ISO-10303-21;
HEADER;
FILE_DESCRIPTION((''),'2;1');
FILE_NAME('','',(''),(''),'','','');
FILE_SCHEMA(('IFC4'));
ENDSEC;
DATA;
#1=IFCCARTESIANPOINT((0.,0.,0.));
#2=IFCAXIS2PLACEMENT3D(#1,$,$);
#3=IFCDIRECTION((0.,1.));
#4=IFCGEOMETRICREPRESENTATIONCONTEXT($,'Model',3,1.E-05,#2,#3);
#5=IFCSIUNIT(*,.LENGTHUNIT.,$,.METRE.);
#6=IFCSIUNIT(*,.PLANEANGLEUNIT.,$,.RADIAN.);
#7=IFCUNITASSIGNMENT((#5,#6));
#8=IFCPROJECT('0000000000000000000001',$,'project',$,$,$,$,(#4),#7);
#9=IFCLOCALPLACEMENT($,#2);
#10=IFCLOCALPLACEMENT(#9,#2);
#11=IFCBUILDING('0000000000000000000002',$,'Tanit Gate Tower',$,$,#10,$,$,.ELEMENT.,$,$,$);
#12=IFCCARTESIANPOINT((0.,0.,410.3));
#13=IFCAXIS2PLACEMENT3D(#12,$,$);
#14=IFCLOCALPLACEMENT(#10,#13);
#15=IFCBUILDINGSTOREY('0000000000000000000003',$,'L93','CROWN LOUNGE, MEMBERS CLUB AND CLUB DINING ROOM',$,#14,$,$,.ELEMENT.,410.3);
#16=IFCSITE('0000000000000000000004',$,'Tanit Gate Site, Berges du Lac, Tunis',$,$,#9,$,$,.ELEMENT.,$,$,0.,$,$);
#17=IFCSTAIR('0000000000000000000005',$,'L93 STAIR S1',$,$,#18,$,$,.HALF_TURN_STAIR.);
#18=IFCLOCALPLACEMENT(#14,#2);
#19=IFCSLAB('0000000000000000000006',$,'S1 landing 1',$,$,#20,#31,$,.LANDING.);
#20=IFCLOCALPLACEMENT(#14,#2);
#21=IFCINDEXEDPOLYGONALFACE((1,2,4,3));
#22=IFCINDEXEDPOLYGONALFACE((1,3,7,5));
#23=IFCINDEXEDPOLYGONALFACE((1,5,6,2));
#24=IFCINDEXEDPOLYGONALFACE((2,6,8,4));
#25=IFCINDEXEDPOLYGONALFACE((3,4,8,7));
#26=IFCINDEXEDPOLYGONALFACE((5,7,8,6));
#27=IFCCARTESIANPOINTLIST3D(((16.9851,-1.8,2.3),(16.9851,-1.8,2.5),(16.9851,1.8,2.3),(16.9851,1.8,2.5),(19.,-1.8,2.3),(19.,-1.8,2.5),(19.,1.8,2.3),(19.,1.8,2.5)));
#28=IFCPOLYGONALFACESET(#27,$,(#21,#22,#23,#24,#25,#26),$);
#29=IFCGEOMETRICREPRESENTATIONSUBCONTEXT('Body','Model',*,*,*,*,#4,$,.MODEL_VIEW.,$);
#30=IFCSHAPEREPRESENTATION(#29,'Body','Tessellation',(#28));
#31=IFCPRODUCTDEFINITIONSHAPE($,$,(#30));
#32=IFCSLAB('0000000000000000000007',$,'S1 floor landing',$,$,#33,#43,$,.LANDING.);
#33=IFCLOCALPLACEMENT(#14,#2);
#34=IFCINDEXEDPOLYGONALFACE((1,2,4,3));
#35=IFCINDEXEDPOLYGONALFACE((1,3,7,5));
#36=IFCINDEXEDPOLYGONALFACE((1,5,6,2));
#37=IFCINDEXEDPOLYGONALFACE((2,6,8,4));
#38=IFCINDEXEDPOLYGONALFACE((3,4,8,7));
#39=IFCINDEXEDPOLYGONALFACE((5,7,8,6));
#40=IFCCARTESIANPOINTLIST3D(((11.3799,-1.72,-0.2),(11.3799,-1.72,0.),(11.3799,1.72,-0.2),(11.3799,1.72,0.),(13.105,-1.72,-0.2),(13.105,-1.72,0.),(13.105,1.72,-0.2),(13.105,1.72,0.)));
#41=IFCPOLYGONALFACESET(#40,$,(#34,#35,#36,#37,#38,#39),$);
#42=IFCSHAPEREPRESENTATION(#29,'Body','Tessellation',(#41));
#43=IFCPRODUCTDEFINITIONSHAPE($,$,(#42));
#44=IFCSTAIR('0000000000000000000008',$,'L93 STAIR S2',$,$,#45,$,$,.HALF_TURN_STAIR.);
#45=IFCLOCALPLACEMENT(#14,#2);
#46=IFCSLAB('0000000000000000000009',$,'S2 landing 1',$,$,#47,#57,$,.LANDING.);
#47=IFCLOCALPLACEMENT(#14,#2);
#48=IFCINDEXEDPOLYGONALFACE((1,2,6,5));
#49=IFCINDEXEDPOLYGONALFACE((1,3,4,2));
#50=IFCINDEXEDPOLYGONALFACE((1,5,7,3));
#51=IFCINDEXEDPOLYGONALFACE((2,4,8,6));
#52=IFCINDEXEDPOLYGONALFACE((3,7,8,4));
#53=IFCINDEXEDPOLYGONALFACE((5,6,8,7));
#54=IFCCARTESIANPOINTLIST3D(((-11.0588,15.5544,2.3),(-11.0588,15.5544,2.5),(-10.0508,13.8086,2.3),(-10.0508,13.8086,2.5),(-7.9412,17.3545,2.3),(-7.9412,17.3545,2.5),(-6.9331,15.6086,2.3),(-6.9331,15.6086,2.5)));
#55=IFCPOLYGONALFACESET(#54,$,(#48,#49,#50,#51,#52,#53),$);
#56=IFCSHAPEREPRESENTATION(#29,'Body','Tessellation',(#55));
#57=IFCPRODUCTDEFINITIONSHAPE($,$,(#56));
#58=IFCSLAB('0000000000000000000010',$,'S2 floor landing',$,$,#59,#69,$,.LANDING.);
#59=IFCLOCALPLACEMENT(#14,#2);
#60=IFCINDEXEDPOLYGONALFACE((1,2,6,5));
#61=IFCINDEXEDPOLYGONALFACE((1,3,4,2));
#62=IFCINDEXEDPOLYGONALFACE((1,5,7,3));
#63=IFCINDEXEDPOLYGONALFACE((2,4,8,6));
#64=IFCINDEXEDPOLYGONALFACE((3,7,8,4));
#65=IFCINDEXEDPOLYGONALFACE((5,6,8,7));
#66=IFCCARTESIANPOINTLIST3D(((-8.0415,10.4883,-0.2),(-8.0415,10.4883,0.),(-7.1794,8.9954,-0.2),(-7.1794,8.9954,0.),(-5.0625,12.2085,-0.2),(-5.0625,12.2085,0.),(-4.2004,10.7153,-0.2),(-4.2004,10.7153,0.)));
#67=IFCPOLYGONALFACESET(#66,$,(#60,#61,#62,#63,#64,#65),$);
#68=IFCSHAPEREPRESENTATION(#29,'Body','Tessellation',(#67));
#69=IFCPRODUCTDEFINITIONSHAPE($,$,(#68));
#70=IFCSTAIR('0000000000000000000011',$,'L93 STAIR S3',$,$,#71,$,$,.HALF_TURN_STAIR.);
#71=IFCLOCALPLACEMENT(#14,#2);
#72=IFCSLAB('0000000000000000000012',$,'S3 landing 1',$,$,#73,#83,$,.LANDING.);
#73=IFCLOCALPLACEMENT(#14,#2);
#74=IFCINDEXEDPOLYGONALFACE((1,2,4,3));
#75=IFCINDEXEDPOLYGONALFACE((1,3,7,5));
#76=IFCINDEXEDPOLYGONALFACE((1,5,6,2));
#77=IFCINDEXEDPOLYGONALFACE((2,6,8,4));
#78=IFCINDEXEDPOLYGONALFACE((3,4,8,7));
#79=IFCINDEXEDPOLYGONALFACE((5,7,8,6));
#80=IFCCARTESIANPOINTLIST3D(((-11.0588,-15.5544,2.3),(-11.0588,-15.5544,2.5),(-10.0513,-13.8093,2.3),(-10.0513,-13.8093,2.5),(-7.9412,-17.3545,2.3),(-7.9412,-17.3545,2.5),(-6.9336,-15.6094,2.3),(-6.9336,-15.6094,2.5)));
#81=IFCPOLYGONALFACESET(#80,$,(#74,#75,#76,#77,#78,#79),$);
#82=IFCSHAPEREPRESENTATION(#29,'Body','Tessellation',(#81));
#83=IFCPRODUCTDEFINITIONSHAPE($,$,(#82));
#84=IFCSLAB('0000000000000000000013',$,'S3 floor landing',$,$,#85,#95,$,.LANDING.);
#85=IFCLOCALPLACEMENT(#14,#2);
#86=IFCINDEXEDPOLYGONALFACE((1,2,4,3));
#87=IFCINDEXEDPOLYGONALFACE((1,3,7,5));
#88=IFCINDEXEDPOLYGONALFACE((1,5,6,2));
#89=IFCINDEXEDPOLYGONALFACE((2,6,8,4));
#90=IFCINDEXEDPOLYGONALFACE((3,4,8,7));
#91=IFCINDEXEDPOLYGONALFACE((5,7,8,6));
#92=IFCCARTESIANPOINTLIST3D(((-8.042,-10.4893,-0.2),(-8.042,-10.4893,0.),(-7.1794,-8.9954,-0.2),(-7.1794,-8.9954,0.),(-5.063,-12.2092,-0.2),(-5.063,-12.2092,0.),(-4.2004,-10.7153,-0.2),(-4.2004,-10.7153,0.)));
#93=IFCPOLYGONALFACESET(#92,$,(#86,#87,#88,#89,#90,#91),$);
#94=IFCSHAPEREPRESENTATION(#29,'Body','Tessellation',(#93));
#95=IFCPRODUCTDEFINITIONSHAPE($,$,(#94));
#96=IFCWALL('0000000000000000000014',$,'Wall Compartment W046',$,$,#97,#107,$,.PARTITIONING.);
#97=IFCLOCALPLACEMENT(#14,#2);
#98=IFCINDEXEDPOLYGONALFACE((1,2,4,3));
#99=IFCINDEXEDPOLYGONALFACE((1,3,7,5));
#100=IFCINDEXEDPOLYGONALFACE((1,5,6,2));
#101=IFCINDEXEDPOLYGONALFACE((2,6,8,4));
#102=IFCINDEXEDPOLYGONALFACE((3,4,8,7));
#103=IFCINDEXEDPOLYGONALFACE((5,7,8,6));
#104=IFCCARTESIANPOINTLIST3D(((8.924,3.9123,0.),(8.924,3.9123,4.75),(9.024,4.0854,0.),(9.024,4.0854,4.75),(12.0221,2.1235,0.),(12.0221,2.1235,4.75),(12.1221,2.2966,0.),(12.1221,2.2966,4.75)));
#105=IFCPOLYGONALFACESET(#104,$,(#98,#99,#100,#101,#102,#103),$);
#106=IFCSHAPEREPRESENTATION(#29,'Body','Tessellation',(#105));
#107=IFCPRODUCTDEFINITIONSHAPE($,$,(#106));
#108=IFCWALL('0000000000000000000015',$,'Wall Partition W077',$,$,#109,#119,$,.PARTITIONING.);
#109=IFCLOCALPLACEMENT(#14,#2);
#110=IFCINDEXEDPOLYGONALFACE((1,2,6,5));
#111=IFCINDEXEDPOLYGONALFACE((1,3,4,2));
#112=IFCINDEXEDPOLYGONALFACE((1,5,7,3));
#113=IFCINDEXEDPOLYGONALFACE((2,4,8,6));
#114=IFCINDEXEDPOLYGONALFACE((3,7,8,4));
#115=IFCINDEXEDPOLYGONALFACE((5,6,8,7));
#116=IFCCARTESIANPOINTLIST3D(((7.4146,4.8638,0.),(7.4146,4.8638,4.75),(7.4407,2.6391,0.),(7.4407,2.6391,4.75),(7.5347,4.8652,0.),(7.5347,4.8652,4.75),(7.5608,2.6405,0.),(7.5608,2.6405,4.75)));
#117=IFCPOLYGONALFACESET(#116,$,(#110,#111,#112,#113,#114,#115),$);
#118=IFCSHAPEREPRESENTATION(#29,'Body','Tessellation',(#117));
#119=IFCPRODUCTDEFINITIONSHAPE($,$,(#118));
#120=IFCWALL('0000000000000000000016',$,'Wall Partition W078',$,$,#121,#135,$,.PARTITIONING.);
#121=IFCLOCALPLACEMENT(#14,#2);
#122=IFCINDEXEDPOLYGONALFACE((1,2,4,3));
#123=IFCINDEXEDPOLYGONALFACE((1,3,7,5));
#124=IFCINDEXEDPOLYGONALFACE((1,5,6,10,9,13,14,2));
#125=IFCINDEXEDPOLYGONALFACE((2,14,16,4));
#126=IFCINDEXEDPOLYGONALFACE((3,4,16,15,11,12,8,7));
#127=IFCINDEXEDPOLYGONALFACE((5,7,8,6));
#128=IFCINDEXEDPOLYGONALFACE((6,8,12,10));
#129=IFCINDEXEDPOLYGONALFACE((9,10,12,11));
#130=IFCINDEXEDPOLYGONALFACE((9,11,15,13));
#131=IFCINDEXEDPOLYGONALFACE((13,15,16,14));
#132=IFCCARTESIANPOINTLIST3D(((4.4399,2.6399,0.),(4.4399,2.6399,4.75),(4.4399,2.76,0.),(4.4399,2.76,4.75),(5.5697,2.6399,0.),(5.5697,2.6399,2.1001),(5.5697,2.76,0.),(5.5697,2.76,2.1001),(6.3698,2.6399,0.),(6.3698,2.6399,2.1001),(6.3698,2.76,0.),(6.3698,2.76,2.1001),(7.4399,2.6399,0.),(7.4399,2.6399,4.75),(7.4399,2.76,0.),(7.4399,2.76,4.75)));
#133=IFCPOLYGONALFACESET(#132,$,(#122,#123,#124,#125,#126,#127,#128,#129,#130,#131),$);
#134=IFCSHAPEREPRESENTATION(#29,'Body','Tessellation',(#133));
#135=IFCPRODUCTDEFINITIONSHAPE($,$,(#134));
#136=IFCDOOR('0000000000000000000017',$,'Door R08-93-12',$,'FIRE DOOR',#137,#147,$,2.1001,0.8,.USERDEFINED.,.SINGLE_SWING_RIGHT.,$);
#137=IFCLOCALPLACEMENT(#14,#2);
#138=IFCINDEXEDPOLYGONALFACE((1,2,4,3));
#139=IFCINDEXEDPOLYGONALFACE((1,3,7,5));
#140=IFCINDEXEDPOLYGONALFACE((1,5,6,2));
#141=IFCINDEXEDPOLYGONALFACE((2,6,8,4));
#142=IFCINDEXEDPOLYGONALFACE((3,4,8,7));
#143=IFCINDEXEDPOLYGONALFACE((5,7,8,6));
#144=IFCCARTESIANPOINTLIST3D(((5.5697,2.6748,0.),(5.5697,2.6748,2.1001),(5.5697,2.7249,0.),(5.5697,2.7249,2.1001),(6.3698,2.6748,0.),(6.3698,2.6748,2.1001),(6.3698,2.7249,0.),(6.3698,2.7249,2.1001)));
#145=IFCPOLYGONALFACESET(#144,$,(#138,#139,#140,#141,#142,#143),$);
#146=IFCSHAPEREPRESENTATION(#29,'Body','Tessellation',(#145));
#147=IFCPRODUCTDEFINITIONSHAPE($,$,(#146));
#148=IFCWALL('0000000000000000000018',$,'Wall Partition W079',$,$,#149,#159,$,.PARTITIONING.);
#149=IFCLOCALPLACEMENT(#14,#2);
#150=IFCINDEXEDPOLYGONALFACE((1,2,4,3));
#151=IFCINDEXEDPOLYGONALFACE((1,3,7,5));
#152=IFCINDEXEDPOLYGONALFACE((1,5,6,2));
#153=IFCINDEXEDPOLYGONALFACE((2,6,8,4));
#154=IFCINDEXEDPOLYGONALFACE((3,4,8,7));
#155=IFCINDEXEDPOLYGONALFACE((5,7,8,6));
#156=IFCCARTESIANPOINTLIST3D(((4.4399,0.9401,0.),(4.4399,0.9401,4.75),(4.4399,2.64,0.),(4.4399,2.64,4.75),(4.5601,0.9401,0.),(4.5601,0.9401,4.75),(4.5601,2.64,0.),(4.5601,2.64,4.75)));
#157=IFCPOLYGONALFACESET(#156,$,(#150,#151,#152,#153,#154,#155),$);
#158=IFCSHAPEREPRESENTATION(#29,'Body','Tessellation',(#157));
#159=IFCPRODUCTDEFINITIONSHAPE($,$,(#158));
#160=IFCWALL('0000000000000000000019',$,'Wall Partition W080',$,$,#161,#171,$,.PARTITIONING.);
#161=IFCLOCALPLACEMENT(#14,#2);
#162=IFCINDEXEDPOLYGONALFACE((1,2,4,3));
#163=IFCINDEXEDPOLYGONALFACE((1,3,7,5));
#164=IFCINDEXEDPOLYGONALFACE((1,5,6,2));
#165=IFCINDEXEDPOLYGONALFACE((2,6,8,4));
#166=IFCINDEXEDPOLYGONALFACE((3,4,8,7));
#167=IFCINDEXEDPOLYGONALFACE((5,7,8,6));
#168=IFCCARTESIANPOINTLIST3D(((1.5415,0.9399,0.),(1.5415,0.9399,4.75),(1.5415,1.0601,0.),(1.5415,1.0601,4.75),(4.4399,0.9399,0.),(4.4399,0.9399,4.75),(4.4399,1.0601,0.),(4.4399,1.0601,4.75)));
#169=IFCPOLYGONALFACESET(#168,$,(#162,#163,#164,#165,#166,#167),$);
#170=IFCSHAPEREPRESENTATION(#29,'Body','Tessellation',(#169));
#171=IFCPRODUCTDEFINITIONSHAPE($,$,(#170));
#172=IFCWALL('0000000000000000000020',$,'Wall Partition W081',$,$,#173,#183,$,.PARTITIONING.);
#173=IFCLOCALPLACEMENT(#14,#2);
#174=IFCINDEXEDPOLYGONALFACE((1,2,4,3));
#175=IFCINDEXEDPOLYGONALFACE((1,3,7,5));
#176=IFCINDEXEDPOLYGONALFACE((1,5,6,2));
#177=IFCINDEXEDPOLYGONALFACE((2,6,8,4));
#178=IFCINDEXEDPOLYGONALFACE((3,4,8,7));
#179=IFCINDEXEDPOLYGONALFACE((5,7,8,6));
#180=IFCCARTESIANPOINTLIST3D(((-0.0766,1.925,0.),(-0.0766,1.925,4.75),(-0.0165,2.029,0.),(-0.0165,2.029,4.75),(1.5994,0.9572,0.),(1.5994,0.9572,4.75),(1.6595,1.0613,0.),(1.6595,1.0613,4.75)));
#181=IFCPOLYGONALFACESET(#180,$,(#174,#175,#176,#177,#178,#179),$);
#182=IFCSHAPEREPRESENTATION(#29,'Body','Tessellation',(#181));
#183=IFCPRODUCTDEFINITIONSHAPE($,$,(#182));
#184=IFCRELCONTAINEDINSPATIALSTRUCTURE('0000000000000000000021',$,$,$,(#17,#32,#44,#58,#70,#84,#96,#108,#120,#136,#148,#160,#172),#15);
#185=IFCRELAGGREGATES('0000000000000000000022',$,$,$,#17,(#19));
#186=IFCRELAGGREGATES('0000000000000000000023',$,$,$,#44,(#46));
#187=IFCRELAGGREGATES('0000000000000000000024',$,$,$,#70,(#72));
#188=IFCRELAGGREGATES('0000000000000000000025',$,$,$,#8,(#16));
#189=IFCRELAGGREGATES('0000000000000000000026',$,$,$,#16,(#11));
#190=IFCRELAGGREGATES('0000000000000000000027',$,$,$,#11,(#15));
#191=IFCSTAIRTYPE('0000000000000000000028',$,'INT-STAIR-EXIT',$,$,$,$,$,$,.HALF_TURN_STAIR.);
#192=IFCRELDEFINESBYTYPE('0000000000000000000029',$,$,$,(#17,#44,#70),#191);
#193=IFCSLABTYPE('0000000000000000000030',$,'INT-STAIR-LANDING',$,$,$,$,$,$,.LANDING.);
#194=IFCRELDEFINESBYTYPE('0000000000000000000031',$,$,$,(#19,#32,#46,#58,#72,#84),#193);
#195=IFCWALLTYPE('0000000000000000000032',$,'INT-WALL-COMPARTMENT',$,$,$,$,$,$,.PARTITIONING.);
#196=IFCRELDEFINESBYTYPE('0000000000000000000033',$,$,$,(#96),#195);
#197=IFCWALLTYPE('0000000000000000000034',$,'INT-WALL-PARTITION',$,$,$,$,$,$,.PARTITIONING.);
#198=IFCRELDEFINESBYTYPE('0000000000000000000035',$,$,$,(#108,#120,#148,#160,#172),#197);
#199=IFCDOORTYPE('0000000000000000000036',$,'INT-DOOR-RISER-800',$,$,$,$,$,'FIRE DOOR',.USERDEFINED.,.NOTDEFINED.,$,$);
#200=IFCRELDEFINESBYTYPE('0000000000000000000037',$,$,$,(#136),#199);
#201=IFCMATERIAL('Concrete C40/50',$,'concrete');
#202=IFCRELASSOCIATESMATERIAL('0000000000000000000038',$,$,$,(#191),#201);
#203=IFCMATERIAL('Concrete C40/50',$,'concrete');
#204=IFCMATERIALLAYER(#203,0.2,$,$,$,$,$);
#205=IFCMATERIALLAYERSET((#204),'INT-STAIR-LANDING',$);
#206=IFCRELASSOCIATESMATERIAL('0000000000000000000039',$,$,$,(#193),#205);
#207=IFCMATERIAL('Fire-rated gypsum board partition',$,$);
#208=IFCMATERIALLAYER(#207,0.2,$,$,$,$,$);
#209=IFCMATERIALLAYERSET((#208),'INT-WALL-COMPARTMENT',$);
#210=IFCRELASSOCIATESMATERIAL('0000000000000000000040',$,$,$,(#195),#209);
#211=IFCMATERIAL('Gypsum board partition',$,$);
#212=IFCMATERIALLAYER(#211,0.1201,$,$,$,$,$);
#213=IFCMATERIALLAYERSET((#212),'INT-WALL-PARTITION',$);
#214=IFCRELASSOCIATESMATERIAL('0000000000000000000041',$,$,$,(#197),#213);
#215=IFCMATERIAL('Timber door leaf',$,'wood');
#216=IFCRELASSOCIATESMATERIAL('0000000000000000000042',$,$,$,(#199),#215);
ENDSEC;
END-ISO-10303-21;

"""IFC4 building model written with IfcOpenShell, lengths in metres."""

from ifc_helpers import new_model, si_unit, direction, frame, frame_2d, origin, place, context, subcontext, project, spatial, polyline, rectangle, outline, extrude, material, layer, layer_set, type_object, element, fill, aggregate, save


model = new_model("IFC4")

# Units and contexts
model_context = context("Model", 3, precision=1e-05, world=origin(), true_north=direction((0.0, 1.0)))
body_context = subcontext(model_context, "Body", "Model", "MODEL_VIEW")
ifc_project = project(units=[si_unit("LENGTHUNIT", "METRE"), si_unit("PLANEANGLEUNIT", "RADIAN")], contexts=[model_context])

# Site, building, storey
site_placement = place(None, origin())
site = spatial("IfcSite", under=ifc_project, at=site_placement, Name="Tanit Gate Site, Berges du Lac, Tunis", CompositionType="ELEMENT", RefElevation=0.0)
building_placement = place(site_placement, origin())
building = spatial("IfcBuilding", under=site, at=building_placement, Name="Tanit Gate Tower", CompositionType="ELEMENT")
storey_placement = place(building_placement, frame((0.0, 0.0, 410.3)))
storey = spatial("IfcBuildingStorey", under=building, at=storey_placement, Name="L93", Description="CROWN LOUNGE, MEMBERS CLUB AND CLUB DINING ROOM", CompositionType="ELEMENT", Elevation=410.3)

# Stair, slab
ifc_material_1 = material(Name="Concrete C40/50", Category="concrete")
stair_type = type_object("IfcStairType", Name="INT-STAIR-EXIT", PredefinedType="HALF_TURN_STAIR", material=ifc_material_1)
stair_1_placement = place(storey_placement, origin())
stair_1 = element("IfcStair", 1, at=stair_1_placement, inside=storey, type_object=stair_type, Name="L93 STAIR S1", PredefinedType="HALF_TURN_STAIR")
ifc_material_2 = material(Name="Concrete C40/50", Category="concrete")
ifc_layer_1 = layer(ifc_material_2, 0.2)
ifc_layer_set_1 = layer_set([ifc_layer_1], Name="INT-STAIR-LANDING")
slab_type = type_object("IfcSlabType", Name="INT-STAIR-LANDING", PredefinedType="LANDING", material=ifc_layer_set_1)
slab_1_placement = place(storey_placement, frame((0.0, 0.0, 2.3)))
slab_1 = element("IfcSlab", 2, at=slab_1_placement, type_object=slab_type, Name="S1 landing 1", PredefinedType="LANDING", context=body_context, shape_type="SweptSolid", body=[
    extrude(outline(polyline([(16.9851, -1.8), (19.0, -1.8), (19.0, 1.8), (16.9851, 1.8), (16.9851, -1.8)])), origin(), (0.0, 0.0, 1.0), 0.2),
])
aggregate(stair_1, [slab_1])

# Slab
slab_2_placement = place(storey_placement, frame((0.0, 0.0, -0.2)))
element("IfcSlab", 3, at=slab_2_placement, inside=storey, type_object=slab_type, Name="S1 floor landing", PredefinedType="LANDING", context=body_context, shape_type="SweptSolid", body=[
    extrude(outline(polyline([(11.3799, -1.72), (13.105, -1.72), (13.105, 1.72), (11.3799, 1.72), (11.3799, -1.72)])), origin(), (0.0, 0.0, 1.0), 0.2),
])

# Stair, slab
stair_2_placement = place(storey_placement, origin())
stair_2 = element("IfcStair", 4, at=stair_2_placement, inside=storey, type_object=stair_type, Name="L93 STAIR S2", PredefinedType="HALF_TURN_STAIR")
slab_3_placement = place(storey_placement, frame((0.0, 0.0, 2.3)))
slab_3 = element("IfcSlab", 5, at=slab_3_placement, type_object=slab_type, Name="S2 landing 1", PredefinedType="LANDING", context=body_context, shape_type="SweptSolid", body=[
    extrude(outline(polyline([(-6.9331, 15.6086), (-7.9412, 17.3545), (-11.0588, 15.5544), (-10.0508, 13.8086), (-6.9331, 15.6086)])), origin(), (0.0, 0.0, 1.0), 0.2),
])
aggregate(stair_2, [slab_3])

# Slab
slab_4_placement = place(storey_placement, frame((0.0, 0.0, -0.2)))
element("IfcSlab", 6, at=slab_4_placement, inside=storey, type_object=slab_type, Name="S2 floor landing", PredefinedType="LANDING", context=body_context, shape_type="SweptSolid", body=[
    extrude(outline(polyline([(-4.2004, 10.7153), (-5.0625, 12.2085), (-8.0415, 10.4883), (-7.1794, 8.9954), (-4.2004, 10.7153)])), origin(), (0.0, 0.0, 1.0), 0.2),
])

# Stair, slab
stair_3_placement = place(storey_placement, origin())
stair_3 = element("IfcStair", 7, at=stair_3_placement, inside=storey, type_object=stair_type, Name="L93 STAIR S3", PredefinedType="HALF_TURN_STAIR")
slab_5_placement = place(storey_placement, frame((0.0, 0.0, 2.3)))
slab_5 = element("IfcSlab", 8, at=slab_5_placement, type_object=slab_type, Name="S3 landing 1", PredefinedType="LANDING", context=body_context, shape_type="SweptSolid", body=[
    extrude(outline(polyline([(-10.0513, -13.8093), (-11.0588, -15.5544), (-7.9412, -17.3545), (-6.9336, -15.6094), (-10.0513, -13.8093)])), origin(), (0.0, 0.0, 1.0), 0.2),
])
aggregate(stair_3, [slab_5])

# Slab
slab_6_placement = place(storey_placement, frame((0.0, 0.0, -0.2)))
element("IfcSlab", 9, at=slab_6_placement, inside=storey, type_object=slab_type, Name="S3 floor landing", PredefinedType="LANDING", context=body_context, shape_type="SweptSolid", body=[
    extrude(outline(polyline([(-7.1794, -8.9954), (-8.042, -10.4893), (-5.063, -12.2092), (-4.2004, -10.7153), (-7.1794, -8.9954)])), origin(), (0.0, 0.0, 1.0), 0.2),
])

# Walls
ifc_material_3 = material(Name="Fire-rated gypsum board partition")
ifc_layer_2 = layer(ifc_material_3, 0.2)
ifc_layer_set_2 = layer_set([ifc_layer_2], Name="INT-WALL-COMPARTMENT")
wall_type_1 = type_object("IfcWallType", Name="INT-WALL-COMPARTMENT", PredefinedType="PARTITIONING", material=ifc_layer_set_2)
wall_1_placement = place(storey_placement, frame((8.9741, 3.9988, 0.0), z_axis=(0.0, 0.0, 1.0), x_axis=(0.866013, -0.500022, 0.0)))
element("IfcWall", 10, at=wall_1_placement, inside=storey, type_object=wall_type_1, Name="Wall Compartment W046", PredefinedType="PARTITIONING", context=body_context, shape_type="SweptSolid", body=[
    extrude(rectangle(XDim=3.5774, YDim=0.2, at=frame_2d((1.7886, 0.0))), origin(), (0.0, 0.0, 1.0), 4.75),
])
ifc_material_4 = material(Name="Gypsum board partition")
ifc_layer_3 = layer(ifc_material_4, 0.1201)
ifc_layer_set_3 = layer_set([ifc_layer_3], Name="INT-WALL-PARTITION")
wall_type_2 = type_object("IfcWallType", Name="INT-WALL-PARTITION", PredefinedType="PARTITIONING", material=ifc_layer_set_3)
wall_2_placement = place(storey_placement, frame((7.5007, 2.6399, 0.0), z_axis=(0.0, 0.0, 1.0), x_axis=(-0.011742, 0.999931, 0.0)))
element("IfcWall", 11, at=wall_2_placement, inside=storey, type_object=wall_type_2, Name="Wall Partition W077", PredefinedType="PARTITIONING", context=body_context, shape_type="SweptSolid", body=[
    extrude(rectangle(XDim=2.2249, YDim=0.1201, at=frame_2d((1.1123, 0.0))), origin(), (0.0, 0.0, 1.0), 4.75),
])

# Wall, opening, door
wall_3_placement = place(storey_placement, frame((4.4399, 2.7, 0.0), z_axis=(0.0, 0.0, 1.0), x_axis=(1.0, 0.0, 0.0)))
wall_3 = element("IfcWall", 12, at=wall_3_placement, inside=storey, type_object=wall_type_2, Name="Wall Partition W078", PredefinedType="PARTITIONING", context=body_context, shape_type="SweptSolid", body=[
    extrude(rectangle(XDim=3.0, YDim=0.1201, at=frame_2d((1.5, 0.0))), origin(), (0.0, 0.0, 1.0), 4.75),
])
opening_1_placement = place(wall_3_placement, frame((1.1299, 0.0, 0.0)))
opening_1 = element("IfcOpeningElement", 13, at=opening_1_placement, cuts=wall_3, PredefinedType="OPENING", context=body_context, shape_type="SweptSolid", body=[
    extrude(rectangle(XDim=0.8, YDim=2.1001, at=frame_2d((0.3999, 1.05))), frame((0.0, 0.0701, 0.0), z_axis=(0.0, -1.0, 0.0), x_axis=(1.0, 0.0, 0.0)), (0.0, 0.0, 1.0), 0.1401),
])
ifc_material_5 = material(Name="Timber door leaf", Category="wood")
door_type_1 = type_object("IfcDoorType", Name="INT-DOOR-RISER-800", ElementType="FIRE DOOR", OperationType="NOTDEFINED", PredefinedType="USERDEFINED", material=ifc_material_5)
door_1_placement = place(opening_1_placement, origin())
door_1 = element("IfcDoor", 14, at=door_1_placement, inside=storey, type_object=door_type_1, Name="Door R08-93-12", ObjectType="FIRE DOOR", OperationType="SINGLE_SWING_RIGHT", OverallHeight=2.1001, OverallWidth=0.8, PredefinedType="USERDEFINED", context=body_context, shape_type="SweptSolid", body=[
    extrude(rectangle(XDim=0.8, YDim=2.1001, at=frame_2d((0.3999, 1.05))), frame((0.0, 0.0249, 0.0), z_axis=(0.0, -1.0, 0.0), x_axis=(1.0, 0.0, 0.0)), (0.0, 0.0, 1.0), 0.05),
])
fill(opening_1, door_1)

# Walls
wall_4_placement = place(storey_placement, frame((4.5, 0.9399, 0.0), z_axis=(0.0, 0.0, 1.0), x_axis=(0.0, 1.0, 0.0)))
element("IfcWall", 15, at=wall_4_placement, inside=storey, type_object=wall_type_2, Name="Wall Partition W079", PredefinedType="PARTITIONING", context=body_context, shape_type="SweptSolid", body=[
    extrude(rectangle(XDim=1.7, YDim=0.1201, at=frame_2d((0.8501, 0.0))), origin(), (0.0, 0.0, 1.0), 4.75),
])
wall_5_placement = place(storey_placement, frame((1.5415, 1.0, 0.0), z_axis=(0.0, 0.0, 1.0), x_axis=(1.0, 0.0, 0.0)))
element("IfcWall", 16, at=wall_5_placement, inside=storey, type_object=wall_type_2, Name="Wall Partition W080", PredefinedType="PARTITIONING", context=body_context, shape_type="SweptSolid", body=[
    extrude(rectangle(XDim=2.8984, YDim=0.1201, at=frame_2d((1.4492, 0.0))), origin(), (0.0, 0.0, 1.0), 4.75),
])
wall_6_placement = place(storey_placement, frame((-0.0466, 1.9771, 0.0), z_axis=(0.0, 0.0, 1.0), x_axis=(0.865999, -0.500046, 0.0)))
element("IfcWall", 17, at=wall_6_placement, inside=storey, type_object=wall_type_2, Name="Wall Partition W081", PredefinedType="PARTITIONING", context=body_context, shape_type="SweptSolid", body=[
    extrude(rectangle(XDim=1.9353, YDim=0.1201, at=frame_2d((0.9678, 0.0))), origin(), (0.0, 0.0, 1.0), 4.75),
])

save(model, "model.ifc")
